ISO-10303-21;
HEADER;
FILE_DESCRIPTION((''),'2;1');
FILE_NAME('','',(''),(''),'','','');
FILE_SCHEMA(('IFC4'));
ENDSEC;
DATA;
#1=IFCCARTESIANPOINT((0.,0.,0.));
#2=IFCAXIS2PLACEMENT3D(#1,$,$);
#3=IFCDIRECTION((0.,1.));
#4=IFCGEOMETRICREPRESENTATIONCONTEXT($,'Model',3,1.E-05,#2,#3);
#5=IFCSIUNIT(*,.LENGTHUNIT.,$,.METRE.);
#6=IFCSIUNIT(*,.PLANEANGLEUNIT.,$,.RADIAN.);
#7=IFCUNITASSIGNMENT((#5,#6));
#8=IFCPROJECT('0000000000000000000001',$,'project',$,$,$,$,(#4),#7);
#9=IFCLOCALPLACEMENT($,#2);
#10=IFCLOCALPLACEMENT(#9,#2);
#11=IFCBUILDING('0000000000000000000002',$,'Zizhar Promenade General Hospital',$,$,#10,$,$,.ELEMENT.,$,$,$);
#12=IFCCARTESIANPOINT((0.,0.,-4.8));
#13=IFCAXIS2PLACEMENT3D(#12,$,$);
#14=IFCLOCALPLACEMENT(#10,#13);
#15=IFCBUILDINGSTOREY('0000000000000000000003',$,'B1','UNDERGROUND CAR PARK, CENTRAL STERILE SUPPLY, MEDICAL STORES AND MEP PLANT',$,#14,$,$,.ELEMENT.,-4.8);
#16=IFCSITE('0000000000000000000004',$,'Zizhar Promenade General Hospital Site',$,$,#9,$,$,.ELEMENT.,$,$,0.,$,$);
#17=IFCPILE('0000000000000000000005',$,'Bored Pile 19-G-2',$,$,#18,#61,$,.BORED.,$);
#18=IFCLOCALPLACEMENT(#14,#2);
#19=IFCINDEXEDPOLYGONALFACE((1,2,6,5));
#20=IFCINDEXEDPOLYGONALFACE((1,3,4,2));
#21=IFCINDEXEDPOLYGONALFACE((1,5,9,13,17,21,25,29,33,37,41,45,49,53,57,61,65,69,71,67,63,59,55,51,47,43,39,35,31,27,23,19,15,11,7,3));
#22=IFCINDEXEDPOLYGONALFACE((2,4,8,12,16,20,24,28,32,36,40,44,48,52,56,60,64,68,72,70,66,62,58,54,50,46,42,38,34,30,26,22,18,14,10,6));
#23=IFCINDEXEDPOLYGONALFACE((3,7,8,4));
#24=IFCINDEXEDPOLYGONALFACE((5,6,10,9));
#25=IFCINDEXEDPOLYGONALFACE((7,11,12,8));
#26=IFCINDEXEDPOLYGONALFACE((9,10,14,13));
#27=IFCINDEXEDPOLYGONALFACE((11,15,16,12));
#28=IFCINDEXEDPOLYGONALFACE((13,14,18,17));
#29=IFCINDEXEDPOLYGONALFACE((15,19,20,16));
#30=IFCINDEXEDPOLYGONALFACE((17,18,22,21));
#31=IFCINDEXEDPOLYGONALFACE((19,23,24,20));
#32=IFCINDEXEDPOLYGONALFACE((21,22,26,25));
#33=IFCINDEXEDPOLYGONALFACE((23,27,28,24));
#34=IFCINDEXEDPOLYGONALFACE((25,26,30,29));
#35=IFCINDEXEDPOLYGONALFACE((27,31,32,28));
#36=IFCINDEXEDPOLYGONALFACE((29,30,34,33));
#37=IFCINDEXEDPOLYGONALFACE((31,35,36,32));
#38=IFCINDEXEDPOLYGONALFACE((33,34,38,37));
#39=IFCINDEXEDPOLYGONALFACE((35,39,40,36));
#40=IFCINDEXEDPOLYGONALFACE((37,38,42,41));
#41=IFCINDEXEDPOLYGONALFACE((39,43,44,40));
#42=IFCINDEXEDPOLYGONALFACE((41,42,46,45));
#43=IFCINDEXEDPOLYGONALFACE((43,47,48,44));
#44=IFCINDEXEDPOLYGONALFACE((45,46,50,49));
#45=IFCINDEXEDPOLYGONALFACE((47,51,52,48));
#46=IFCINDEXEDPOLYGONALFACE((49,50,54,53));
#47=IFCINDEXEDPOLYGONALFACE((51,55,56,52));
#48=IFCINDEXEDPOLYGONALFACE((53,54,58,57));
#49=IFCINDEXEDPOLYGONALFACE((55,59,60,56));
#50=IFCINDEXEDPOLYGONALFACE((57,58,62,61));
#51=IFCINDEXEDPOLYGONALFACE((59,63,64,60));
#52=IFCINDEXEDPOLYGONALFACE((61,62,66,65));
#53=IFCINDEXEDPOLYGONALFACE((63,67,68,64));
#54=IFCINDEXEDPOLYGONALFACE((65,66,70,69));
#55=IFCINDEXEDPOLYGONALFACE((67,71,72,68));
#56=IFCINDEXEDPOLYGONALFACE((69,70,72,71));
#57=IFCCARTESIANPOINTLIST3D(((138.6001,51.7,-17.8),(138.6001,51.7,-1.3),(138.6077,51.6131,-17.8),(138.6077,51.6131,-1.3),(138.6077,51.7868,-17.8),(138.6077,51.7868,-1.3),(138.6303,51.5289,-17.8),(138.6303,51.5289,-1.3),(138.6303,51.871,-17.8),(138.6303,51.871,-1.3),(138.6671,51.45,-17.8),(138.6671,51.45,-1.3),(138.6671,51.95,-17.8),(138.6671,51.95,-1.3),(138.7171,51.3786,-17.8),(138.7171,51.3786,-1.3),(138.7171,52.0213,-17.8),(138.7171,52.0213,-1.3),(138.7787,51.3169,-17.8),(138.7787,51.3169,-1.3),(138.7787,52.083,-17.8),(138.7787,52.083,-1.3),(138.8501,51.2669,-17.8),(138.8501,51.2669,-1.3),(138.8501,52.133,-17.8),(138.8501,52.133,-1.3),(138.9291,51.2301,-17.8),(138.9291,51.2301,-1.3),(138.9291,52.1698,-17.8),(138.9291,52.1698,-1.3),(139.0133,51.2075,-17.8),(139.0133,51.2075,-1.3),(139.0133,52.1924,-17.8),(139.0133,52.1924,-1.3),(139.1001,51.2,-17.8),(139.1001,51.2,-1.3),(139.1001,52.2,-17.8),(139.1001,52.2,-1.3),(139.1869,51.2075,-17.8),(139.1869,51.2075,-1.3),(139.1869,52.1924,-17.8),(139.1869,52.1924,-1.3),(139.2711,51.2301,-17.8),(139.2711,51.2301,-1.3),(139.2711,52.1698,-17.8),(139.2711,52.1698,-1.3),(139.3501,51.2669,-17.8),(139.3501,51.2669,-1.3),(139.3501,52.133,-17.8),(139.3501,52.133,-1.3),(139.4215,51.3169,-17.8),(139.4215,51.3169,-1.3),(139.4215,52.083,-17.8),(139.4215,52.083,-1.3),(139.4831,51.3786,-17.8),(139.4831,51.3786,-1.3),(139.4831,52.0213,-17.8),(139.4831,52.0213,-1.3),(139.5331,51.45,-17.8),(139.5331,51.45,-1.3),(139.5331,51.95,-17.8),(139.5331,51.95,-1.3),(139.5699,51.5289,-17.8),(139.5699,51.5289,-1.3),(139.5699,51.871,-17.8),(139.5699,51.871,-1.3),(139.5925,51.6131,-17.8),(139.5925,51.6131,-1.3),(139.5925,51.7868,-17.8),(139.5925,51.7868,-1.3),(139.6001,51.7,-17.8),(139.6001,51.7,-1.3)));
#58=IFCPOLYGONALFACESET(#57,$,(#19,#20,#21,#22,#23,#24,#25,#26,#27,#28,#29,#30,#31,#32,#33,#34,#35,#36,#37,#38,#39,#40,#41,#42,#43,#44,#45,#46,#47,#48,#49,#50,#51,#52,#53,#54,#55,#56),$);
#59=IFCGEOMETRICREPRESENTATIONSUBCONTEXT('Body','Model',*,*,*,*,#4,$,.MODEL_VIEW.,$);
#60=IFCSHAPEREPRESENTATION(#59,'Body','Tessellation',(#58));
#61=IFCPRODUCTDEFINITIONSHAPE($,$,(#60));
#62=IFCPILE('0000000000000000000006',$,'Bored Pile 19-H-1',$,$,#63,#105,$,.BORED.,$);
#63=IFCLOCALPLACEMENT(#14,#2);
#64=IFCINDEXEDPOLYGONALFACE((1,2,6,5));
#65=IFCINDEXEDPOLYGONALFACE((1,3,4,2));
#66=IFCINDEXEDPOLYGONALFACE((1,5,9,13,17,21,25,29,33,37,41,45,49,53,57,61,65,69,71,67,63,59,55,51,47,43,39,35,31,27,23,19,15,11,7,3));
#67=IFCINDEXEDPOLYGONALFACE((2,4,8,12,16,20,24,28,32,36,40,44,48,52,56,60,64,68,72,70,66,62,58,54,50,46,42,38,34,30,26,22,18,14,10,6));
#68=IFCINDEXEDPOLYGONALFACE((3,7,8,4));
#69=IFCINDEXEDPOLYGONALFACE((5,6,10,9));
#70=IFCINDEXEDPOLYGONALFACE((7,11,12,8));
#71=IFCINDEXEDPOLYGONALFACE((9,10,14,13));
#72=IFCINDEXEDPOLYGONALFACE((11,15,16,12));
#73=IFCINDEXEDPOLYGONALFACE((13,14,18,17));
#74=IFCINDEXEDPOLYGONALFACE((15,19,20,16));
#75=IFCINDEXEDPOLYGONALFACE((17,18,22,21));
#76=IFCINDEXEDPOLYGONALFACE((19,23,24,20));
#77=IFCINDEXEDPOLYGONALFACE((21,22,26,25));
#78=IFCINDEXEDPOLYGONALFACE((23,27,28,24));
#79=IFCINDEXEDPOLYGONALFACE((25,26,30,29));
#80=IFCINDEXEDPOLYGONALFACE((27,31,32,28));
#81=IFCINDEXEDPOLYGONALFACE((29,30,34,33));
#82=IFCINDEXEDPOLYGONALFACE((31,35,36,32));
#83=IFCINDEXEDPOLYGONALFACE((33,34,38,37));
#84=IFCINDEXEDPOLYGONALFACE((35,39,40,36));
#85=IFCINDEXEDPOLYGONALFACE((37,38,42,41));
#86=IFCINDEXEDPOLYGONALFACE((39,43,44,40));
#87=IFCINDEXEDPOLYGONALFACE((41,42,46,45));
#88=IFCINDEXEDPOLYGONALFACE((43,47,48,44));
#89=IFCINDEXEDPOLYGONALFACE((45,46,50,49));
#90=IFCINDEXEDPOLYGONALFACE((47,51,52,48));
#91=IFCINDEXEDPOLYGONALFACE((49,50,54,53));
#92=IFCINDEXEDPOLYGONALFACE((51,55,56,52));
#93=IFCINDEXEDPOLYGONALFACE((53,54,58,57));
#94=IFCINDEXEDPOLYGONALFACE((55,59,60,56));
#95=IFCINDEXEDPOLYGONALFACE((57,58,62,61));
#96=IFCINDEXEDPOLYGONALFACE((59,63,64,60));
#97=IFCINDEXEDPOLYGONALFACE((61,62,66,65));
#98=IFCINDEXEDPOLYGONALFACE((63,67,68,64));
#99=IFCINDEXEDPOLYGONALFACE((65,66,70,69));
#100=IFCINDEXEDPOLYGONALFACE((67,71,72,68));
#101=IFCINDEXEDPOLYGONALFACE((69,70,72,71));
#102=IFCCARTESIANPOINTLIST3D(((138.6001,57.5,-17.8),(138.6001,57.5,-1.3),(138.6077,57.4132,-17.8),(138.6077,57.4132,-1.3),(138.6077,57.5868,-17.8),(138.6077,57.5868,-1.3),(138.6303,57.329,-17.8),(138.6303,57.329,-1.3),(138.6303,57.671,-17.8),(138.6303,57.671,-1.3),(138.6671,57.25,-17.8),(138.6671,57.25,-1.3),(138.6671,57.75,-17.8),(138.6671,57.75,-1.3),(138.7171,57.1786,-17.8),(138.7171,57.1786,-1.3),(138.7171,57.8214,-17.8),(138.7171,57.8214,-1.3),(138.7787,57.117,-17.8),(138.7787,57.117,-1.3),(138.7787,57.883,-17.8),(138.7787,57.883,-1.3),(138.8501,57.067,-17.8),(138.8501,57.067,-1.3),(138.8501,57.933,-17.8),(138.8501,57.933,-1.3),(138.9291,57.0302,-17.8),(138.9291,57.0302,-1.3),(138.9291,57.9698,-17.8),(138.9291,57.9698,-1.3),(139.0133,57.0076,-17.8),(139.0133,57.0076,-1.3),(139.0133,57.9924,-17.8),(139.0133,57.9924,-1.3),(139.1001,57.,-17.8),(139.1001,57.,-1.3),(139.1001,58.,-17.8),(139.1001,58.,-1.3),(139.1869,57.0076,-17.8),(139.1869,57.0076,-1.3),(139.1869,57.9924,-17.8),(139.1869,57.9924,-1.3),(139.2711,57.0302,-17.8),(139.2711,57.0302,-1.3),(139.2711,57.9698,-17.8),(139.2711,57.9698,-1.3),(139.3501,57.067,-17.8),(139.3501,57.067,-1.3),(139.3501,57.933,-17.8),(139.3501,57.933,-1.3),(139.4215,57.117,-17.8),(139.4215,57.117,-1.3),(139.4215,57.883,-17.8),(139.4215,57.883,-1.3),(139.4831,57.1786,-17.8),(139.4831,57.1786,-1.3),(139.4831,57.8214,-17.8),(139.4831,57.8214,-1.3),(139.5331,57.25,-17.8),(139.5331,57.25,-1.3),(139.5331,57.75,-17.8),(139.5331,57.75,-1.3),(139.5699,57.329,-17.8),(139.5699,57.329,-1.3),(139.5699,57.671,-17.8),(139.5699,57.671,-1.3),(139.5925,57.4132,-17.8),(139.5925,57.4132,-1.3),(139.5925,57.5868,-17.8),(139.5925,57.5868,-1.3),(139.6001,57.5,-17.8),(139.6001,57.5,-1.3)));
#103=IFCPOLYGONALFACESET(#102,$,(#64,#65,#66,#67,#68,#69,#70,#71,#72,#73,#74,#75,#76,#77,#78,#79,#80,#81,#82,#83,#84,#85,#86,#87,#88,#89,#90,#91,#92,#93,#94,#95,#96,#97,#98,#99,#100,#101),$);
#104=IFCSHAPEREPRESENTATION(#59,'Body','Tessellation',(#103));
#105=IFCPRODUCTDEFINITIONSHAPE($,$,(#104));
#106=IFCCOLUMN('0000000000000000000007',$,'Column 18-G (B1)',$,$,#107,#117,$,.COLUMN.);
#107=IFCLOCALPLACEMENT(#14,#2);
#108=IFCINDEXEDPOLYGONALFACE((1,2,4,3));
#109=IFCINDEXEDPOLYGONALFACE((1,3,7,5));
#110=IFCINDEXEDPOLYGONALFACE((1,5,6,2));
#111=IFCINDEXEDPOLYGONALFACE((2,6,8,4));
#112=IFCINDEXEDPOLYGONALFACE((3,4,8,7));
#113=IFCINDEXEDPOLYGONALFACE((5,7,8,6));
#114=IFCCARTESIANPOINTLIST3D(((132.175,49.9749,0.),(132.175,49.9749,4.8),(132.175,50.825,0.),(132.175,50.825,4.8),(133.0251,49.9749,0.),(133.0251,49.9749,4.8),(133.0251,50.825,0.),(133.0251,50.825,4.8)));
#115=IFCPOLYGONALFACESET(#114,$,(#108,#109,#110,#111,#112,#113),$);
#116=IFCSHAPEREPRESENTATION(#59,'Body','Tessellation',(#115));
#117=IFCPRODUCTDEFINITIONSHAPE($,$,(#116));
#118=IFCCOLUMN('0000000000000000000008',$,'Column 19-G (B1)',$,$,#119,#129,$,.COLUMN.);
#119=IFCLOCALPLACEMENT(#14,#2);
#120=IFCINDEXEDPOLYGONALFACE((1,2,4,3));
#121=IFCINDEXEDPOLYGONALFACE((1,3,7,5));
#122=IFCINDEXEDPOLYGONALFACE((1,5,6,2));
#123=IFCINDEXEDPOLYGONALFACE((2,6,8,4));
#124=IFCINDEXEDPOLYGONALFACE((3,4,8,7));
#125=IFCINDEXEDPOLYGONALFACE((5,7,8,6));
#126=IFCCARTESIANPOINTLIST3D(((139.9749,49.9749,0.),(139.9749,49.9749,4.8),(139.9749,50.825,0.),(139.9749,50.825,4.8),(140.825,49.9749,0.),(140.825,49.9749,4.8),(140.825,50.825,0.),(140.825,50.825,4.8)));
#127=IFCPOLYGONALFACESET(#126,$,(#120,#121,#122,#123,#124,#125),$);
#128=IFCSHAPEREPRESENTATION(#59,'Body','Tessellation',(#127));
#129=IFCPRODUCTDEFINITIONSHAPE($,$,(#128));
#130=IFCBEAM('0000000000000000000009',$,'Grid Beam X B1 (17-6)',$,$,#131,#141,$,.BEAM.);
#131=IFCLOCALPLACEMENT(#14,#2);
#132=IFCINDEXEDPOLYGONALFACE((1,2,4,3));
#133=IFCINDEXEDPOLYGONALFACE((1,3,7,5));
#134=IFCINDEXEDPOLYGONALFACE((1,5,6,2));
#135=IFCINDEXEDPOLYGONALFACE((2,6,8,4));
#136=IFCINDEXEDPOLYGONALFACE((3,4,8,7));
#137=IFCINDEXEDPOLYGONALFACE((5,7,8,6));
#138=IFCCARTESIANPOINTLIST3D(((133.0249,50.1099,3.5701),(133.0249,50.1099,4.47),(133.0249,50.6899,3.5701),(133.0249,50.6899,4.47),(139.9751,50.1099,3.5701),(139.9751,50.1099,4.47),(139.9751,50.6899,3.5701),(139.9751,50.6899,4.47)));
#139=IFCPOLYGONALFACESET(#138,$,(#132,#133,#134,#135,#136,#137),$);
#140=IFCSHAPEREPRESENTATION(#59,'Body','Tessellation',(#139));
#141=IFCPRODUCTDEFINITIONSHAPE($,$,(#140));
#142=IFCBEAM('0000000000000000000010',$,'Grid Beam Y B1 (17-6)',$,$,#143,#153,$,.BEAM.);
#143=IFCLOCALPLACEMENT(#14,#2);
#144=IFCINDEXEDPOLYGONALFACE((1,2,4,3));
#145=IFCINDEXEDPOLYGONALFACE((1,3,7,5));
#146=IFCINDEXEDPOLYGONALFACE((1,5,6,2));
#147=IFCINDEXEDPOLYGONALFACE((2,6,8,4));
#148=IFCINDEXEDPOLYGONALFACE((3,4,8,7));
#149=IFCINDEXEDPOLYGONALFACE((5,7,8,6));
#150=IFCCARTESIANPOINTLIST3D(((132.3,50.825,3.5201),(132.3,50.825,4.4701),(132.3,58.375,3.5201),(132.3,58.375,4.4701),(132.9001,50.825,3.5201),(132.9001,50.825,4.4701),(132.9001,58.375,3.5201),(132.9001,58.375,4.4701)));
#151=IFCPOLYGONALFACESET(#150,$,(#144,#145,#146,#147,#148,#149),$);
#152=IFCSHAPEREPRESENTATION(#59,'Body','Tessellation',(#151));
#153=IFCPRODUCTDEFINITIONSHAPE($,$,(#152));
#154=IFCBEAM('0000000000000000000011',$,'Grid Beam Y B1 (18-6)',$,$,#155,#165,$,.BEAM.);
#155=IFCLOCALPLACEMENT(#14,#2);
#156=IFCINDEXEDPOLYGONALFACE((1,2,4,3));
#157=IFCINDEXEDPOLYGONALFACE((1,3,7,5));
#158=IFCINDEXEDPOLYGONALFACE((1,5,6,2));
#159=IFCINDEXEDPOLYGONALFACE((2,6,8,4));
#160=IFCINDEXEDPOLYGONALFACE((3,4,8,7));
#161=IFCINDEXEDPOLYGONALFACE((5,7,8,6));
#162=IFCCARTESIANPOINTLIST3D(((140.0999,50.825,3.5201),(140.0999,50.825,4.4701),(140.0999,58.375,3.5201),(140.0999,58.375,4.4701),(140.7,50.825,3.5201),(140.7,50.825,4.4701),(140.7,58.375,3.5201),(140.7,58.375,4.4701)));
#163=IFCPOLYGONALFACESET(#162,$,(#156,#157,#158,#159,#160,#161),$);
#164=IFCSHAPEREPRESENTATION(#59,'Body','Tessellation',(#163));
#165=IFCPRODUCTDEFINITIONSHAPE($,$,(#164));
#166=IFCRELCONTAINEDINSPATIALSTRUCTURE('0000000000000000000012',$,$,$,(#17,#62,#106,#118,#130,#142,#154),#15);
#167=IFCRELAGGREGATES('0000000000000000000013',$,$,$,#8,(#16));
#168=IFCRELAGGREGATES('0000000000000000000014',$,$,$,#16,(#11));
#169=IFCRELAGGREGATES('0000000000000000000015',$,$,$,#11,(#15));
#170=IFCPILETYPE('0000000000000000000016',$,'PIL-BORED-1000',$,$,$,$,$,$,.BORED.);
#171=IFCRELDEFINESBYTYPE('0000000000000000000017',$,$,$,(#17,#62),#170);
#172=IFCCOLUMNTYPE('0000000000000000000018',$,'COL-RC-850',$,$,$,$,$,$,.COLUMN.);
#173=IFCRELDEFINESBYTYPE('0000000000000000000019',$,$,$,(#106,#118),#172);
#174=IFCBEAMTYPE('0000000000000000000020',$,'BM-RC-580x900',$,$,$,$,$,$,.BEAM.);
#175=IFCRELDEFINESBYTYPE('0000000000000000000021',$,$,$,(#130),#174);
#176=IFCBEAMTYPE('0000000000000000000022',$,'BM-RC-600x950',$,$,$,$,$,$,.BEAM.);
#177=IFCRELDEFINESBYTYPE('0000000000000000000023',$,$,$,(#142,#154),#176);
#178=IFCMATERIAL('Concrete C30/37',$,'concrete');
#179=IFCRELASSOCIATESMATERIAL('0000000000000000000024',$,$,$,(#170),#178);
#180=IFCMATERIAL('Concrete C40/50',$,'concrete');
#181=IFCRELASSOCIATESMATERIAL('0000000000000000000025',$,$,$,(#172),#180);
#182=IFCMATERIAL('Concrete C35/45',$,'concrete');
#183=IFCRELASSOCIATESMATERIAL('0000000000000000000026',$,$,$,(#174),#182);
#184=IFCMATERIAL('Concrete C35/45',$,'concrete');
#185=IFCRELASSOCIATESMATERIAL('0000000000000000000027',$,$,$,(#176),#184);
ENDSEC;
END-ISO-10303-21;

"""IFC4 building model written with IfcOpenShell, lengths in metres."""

from ifc_helpers import new_model, si_unit, direction, frame, origin, origin_2d, place, context, subcontext, project, spatial, rectangle, circle, extrude, material, material_profile, profile_set, type_object, element, save


model = new_model("IFC4")

# Units and contexts
model_context = context("Model", 3, precision=1e-05, world=origin(), true_north=direction((0.0, 1.0)))
body_context = subcontext(model_context, "Body", "Model", "MODEL_VIEW")
ifc_project = project(units=[si_unit("LENGTHUNIT", "METRE"), si_unit("PLANEANGLEUNIT", "RADIAN")], contexts=[model_context])

# Site, building, storey
site_placement = place(None, origin())
site = spatial("IfcSite", under=ifc_project, at=site_placement, Name="Zizhar Promenade General Hospital Site", CompositionType="ELEMENT", RefElevation=0.0)
building_placement = place(site_placement, origin())
building = spatial("IfcBuilding", under=site, at=building_placement, Name="Zizhar Promenade General Hospital", CompositionType="ELEMENT")
storey_placement = place(building_placement, frame((0.0, 0.0, -4.8)))
storey = spatial("IfcBuildingStorey", under=building, at=storey_placement, Name="B1", Description="UNDERGROUND CAR PARK, CENTRAL STERILE SUPPLY, MEDICAL STORES AND MEP PLANT", CompositionType="ELEMENT", Elevation=-4.8)

# Piles
ifc_material_1 = material(Name="Concrete C30/37", Category="concrete")
ifc_material_profile_1 = material_profile(ifc_material_1, circle(Radius=0.5, at=origin_2d()))
ifc_profile_set_1 = profile_set([ifc_material_profile_1], Name="Concrete C30/37")
pile_type = type_object("IfcPileType", Name="PIL-BORED-1000", PredefinedType="BORED", material=ifc_profile_set_1)
for number, where, z_axis, x_axis, name in (
    (1, (139.1001, 51.7, -1.3), (0.0, 0.0, -1.0), (1.0, 0.0, 0.0), "Bored Pile 19-G-2"),
    (2, (139.1001, 57.5, -1.3), (0.0, 0.0, -1.0), (1.0, 0.0, 0.0), "Bored Pile 19-H-1"),
):
    element("IfcPile", number, at=place(storey_placement, frame(where, z_axis=z_axis, x_axis=x_axis)), inside=storey, type_object=pile_type, Name=name, PredefinedType="BORED", context=body_context, shape_type="SweptSolid", body=[
        extrude(circle(Radius=0.5, at=origin_2d()), origin(), (0.0, 0.0, 1.0), 16.5),
    ])

# Columns
ifc_material_2 = material(Name="Concrete C40/50", Category="concrete")
ifc_material_profile_2 = material_profile(ifc_material_2, rectangle(XDim=0.8501, YDim=0.8501, at=origin_2d()))
ifc_profile_set_2 = profile_set([ifc_material_profile_2], Name="Concrete C40/50")
column_type = type_object("IfcColumnType", Name="COL-RC-850", PredefinedType="COLUMN", material=ifc_profile_set_2)
for number, where, z_axis, x_axis, name in (
    (3, (132.6001, 50.3999, 0.0), (0.0, 0.0, 1.0), (1.0, 0.0, 0.0), "Column 18-G (B1)"),
    (4, (140.3999, 50.3999, 0.0), (0.0, 0.0, 1.0), (1.0, 0.0, 0.0), "Column 19-G (B1)"),
):
    element("IfcColumn", number, at=place(storey_placement, frame(where, z_axis=z_axis, x_axis=x_axis)), inside=storey, type_object=column_type, Name=name, PredefinedType="COLUMN", context=body_context, shape_type="SweptSolid", body=[
        extrude(rectangle(XDim=0.8501, YDim=0.8501, at=origin_2d()), origin(), (0.0, 0.0, 1.0), 4.8),
    ])

# Beams
ifc_material_3 = material(Name="Concrete C35/45", Category="concrete")
ifc_material_profile_3 = material_profile(ifc_material_3, rectangle(XDim=0.5801, YDim=0.8999, at=origin_2d()))
ifc_profile_set_3 = profile_set([ifc_material_profile_3], Name="Concrete C35/45")
beam_type_1 = type_object("IfcBeamType", Name="BM-RC-580x900", PredefinedType="BEAM", material=ifc_profile_set_3)
beam_placement = place(storey_placement, frame((133.0249, 50.3999, 4.02), z_axis=(1.0, 0.0, 0.0), x_axis=(0.0, 1.0, 0.0)))
element("IfcBeam", 5, at=beam_placement, inside=storey, type_object=beam_type_1, Name="Grid Beam X B1 (17-6)", PredefinedType="BEAM", context=body_context, shape_type="SweptSolid", body=[
    extrude(rectangle(XDim=0.5801, YDim=0.8999, at=origin_2d()), origin(), (0.0, 0.0, 1.0), 6.9502),
])
ifc_material_4 = material(Name="Concrete C35/45", Category="concrete")
ifc_material_profile_4 = material_profile(ifc_material_4, rectangle(XDim=0.6001, YDim=0.95, at=origin_2d()))
ifc_profile_set_4 = profile_set([ifc_material_profile_4], Name="Concrete C35/45")
beam_type_2 = type_object("IfcBeamType", Name="BM-RC-600x950", PredefinedType="BEAM", material=ifc_profile_set_4)
for number, where, z_axis, x_axis, name in (
    (6, (132.6001, 50.825, 3.9951), (0.0, 1.0, 0.0), (-1.0, 0.0, 0.0), "Grid Beam Y B1 (17-6)"),
    (7, (140.3999, 50.825, 3.9951), (0.0, 1.0, 0.0), (-1.0, 0.0, 0.0), "Grid Beam Y B1 (18-6)"),
):
    element("IfcBeam", number, at=place(storey_placement, frame(where, z_axis=z_axis, x_axis=x_axis)), inside=storey, type_object=beam_type_2, Name=name, PredefinedType="BEAM", context=body_context, shape_type="SweptSolid", body=[
        extrude(rectangle(XDim=0.6001, YDim=0.95, at=origin_2d()), origin(), (0.0, 0.0, 1.0), 7.55),
    ])

save(model, "model.ifc")
